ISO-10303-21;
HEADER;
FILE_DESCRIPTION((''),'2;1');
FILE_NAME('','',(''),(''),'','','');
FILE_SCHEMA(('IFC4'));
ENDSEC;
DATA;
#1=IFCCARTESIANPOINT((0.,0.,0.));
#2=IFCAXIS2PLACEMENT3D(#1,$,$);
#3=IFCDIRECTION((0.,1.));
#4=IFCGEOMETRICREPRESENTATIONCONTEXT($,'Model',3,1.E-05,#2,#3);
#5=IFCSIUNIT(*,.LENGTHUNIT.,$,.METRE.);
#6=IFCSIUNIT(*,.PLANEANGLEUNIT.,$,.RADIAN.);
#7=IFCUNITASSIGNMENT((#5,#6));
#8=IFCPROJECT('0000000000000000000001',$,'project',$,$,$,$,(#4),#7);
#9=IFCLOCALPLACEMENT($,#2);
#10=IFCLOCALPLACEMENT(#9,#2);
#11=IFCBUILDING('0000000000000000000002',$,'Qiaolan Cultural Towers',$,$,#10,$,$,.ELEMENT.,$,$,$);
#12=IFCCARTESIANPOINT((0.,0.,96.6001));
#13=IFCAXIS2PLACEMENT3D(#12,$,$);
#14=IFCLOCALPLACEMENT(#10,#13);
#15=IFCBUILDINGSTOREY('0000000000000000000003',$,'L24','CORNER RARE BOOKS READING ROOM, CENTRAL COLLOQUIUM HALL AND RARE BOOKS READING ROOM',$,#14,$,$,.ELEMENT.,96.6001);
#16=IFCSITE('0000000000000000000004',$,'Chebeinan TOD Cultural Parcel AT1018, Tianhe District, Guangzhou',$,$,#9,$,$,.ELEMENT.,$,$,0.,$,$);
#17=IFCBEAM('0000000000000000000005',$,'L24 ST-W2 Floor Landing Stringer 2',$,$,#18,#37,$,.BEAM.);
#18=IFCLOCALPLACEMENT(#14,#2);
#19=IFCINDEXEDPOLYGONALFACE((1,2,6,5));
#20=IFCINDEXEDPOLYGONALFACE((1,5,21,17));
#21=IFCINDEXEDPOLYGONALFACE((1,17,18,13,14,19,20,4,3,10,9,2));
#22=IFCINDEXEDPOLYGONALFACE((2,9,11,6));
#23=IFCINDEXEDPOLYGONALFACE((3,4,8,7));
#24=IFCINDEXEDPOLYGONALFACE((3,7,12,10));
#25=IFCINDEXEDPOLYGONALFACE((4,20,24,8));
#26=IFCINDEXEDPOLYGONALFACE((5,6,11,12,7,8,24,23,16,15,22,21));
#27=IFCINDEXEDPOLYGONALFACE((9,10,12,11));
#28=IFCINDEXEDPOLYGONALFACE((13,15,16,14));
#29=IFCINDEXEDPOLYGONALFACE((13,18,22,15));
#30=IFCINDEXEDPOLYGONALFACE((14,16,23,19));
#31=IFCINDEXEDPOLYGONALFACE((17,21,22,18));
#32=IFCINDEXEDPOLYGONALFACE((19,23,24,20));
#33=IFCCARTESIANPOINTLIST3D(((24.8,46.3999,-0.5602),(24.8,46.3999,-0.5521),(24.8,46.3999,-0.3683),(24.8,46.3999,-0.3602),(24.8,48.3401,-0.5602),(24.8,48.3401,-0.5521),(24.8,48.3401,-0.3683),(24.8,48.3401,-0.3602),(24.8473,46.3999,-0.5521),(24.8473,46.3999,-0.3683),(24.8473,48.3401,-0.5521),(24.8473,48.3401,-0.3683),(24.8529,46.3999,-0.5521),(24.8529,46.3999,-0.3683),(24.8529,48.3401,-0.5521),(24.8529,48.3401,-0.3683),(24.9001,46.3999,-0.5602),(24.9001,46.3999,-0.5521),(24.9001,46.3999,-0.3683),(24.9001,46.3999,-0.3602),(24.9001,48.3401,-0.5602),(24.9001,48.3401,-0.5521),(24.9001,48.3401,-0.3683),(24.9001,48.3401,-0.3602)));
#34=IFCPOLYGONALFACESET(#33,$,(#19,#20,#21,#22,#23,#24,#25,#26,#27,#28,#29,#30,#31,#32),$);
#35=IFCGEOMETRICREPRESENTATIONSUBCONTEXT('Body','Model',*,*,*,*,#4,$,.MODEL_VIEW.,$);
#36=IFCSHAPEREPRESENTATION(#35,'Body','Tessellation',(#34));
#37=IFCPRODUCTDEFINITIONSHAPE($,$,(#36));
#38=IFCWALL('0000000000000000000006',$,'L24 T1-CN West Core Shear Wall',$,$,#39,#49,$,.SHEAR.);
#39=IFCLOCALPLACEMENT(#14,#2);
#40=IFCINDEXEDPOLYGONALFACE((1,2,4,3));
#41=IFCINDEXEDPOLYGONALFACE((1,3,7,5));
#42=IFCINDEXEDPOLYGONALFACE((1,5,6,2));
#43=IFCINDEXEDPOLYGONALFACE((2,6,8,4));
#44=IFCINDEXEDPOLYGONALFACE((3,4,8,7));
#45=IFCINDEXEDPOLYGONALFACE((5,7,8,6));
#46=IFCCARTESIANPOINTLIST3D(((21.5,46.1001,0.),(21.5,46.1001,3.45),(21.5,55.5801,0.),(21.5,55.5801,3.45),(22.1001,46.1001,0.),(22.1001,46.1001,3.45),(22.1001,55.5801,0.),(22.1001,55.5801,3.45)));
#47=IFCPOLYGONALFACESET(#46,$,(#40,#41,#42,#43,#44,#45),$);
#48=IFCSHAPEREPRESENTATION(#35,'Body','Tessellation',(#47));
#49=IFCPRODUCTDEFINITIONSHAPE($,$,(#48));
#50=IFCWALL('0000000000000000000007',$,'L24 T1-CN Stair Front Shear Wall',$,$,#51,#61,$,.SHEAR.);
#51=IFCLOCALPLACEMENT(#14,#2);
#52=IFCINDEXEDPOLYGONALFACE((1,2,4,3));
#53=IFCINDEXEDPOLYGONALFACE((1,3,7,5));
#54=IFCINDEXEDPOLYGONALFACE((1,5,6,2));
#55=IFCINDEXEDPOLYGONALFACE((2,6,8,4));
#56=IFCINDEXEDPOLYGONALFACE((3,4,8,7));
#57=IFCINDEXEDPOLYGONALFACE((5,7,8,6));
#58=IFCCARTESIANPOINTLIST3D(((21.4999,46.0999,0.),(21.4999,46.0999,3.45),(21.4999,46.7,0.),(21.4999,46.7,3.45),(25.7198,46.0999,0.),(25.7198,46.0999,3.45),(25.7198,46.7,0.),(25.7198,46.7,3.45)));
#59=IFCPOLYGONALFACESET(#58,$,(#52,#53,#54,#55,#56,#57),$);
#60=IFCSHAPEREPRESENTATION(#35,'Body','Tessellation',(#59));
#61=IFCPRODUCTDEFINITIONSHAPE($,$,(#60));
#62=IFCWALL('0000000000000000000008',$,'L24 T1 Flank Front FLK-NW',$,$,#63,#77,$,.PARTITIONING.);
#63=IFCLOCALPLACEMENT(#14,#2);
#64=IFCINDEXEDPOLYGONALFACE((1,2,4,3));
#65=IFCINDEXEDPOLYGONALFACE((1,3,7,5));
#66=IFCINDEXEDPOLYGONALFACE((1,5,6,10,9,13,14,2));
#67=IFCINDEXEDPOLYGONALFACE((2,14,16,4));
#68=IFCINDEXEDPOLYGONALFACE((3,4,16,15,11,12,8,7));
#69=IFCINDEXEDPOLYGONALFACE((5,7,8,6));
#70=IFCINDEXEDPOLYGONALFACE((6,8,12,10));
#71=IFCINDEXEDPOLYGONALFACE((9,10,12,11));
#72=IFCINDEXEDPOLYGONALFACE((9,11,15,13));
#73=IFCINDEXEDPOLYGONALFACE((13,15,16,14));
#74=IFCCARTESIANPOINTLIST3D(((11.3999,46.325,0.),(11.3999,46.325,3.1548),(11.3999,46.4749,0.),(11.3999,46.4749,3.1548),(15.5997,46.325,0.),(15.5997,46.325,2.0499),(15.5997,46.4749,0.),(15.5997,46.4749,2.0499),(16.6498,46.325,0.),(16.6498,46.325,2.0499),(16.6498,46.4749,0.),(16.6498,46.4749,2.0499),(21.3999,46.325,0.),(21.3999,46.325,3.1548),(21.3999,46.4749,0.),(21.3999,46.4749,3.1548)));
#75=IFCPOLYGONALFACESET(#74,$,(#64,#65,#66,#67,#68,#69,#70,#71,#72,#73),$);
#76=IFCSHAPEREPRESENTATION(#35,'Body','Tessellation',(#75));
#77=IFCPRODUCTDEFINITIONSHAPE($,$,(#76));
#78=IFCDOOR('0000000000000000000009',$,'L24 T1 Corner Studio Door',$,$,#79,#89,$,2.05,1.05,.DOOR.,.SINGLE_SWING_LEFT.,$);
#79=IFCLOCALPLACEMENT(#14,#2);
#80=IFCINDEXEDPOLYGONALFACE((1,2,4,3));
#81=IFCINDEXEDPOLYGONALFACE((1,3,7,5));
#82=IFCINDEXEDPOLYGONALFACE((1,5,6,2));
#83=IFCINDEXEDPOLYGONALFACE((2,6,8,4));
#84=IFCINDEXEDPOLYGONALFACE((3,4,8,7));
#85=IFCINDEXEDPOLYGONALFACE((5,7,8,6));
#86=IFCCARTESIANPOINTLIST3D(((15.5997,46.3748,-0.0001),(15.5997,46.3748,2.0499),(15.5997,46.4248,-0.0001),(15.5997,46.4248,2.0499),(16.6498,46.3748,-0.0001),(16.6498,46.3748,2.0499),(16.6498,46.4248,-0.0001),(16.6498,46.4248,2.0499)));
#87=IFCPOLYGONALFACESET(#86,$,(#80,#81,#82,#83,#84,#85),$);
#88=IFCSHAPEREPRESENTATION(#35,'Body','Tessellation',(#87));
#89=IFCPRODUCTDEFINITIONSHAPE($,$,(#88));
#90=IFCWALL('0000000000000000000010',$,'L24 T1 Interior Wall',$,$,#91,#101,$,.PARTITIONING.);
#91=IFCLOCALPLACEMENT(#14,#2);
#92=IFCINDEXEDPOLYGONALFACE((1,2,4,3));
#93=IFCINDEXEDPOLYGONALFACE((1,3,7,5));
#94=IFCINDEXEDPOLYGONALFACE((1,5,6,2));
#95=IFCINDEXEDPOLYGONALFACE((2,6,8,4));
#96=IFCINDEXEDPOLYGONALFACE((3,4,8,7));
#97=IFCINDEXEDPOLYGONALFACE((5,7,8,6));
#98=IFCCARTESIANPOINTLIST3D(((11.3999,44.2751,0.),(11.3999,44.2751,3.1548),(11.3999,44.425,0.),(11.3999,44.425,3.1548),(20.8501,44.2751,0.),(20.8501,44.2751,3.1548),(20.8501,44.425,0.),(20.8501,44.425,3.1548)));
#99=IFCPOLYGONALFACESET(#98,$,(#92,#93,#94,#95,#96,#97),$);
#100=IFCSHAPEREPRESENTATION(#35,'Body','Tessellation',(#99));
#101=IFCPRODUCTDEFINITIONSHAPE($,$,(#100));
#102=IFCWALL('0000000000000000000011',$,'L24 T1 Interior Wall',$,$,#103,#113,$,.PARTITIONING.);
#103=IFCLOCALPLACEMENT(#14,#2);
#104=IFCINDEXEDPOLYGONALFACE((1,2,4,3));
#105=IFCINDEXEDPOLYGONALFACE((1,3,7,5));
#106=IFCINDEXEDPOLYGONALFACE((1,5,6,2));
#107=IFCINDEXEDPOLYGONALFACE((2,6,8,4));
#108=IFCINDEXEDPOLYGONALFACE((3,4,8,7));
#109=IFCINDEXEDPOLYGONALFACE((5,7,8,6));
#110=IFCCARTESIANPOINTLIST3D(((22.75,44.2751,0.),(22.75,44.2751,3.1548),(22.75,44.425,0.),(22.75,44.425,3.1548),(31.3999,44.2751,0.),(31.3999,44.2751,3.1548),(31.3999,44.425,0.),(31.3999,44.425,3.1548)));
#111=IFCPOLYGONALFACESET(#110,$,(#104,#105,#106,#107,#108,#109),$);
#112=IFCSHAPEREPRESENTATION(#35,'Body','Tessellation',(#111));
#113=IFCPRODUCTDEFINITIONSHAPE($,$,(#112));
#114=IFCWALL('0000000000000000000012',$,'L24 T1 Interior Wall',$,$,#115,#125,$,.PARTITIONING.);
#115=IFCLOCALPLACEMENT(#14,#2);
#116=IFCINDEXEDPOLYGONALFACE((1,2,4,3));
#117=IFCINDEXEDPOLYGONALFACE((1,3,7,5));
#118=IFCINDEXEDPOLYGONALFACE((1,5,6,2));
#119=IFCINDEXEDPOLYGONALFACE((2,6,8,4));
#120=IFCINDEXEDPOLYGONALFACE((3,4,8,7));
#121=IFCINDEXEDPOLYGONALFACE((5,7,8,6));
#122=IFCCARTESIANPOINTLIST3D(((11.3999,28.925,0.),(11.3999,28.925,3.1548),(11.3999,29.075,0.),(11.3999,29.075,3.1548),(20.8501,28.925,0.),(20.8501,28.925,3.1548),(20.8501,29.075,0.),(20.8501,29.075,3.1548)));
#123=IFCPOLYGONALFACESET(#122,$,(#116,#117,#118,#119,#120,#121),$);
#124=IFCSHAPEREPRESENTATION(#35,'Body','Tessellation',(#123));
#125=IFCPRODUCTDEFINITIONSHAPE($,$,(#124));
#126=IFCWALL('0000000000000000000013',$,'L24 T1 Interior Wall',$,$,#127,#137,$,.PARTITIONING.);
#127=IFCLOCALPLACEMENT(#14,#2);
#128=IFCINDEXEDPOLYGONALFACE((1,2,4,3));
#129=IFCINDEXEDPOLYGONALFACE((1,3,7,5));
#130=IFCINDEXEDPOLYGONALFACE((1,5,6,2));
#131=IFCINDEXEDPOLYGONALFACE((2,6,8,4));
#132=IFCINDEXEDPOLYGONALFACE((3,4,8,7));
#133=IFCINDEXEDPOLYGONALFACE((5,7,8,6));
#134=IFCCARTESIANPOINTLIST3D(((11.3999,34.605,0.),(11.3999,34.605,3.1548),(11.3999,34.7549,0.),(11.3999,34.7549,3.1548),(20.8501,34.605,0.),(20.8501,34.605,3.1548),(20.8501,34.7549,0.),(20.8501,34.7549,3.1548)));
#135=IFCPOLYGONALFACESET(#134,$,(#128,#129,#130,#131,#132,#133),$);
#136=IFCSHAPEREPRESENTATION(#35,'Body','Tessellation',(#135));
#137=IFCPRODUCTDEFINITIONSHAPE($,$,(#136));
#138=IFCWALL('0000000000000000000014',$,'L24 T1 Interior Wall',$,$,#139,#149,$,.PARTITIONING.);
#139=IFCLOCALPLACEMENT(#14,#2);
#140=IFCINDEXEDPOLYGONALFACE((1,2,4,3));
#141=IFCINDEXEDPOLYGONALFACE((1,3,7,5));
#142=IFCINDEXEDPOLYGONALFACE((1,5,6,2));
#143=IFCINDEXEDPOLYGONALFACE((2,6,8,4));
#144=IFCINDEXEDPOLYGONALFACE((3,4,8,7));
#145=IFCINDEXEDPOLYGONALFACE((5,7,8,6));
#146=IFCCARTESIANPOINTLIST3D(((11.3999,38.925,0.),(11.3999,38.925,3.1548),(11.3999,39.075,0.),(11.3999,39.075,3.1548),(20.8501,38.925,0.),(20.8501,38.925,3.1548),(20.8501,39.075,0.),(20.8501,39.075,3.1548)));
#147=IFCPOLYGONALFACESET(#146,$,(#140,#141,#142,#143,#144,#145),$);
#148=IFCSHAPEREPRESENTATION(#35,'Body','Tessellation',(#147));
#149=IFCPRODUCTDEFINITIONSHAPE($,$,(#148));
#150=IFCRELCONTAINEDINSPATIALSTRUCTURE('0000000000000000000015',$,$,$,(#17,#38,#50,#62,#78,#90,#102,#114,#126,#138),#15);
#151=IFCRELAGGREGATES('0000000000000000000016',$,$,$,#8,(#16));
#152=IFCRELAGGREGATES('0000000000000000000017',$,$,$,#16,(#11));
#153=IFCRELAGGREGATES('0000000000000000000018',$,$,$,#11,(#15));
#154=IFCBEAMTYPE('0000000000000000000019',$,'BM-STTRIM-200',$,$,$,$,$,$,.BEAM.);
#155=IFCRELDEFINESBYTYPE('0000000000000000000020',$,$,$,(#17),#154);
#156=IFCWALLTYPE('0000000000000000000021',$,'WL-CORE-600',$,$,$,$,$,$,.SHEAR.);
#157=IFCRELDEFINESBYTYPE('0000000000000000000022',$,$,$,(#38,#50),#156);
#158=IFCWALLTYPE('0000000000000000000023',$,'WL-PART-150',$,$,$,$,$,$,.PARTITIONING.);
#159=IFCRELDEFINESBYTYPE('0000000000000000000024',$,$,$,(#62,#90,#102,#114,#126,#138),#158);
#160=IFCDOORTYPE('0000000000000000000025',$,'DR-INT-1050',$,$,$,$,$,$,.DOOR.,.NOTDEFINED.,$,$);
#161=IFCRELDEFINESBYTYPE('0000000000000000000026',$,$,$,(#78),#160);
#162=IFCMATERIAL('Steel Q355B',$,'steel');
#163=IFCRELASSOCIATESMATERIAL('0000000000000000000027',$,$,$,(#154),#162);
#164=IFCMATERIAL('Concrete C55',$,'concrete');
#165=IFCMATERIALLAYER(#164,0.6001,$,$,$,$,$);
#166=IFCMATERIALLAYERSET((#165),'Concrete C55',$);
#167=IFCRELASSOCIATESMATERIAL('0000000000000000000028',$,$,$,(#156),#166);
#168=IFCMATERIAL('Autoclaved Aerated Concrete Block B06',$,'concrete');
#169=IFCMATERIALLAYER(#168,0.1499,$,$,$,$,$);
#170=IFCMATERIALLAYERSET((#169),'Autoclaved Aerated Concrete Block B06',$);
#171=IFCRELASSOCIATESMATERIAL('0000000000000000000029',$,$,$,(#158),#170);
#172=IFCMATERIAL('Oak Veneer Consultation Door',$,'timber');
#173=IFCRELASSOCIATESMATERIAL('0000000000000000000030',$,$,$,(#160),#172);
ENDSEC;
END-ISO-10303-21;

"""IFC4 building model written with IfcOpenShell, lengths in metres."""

from ifc_helpers import new_model, si_unit, direction, frame, frame_2d, origin, origin_2d, place, context, subcontext, project, spatial, rectangle, i_section, extrude, material, layer, layer_set, material_profile, profile_set, type_object, element, fill, save


model = new_model("IFC4")

# Units and contexts
model_context = context("Model", 3, precision=1e-05, world=origin(), true_north=direction((0.0, 1.0)))
body_context = subcontext(model_context, "Body", "Model", "MODEL_VIEW")
ifc_project = project(units=[si_unit("LENGTHUNIT", "METRE"), si_unit("PLANEANGLEUNIT", "RADIAN")], contexts=[model_context])

# Site, building, storey
site_placement = place(None, origin())
site = spatial("IfcSite", under=ifc_project, at=site_placement, Name="Chebeinan TOD Cultural Parcel AT1018, Tianhe District, Guangzhou", CompositionType="ELEMENT", RefElevation=0.0)
building_placement = place(site_placement, origin())
building = spatial("IfcBuilding", under=site, at=building_placement, Name="Qiaolan Cultural Towers", CompositionType="ELEMENT")
storey_placement = place(building_placement, frame((0.0, 0.0, 96.6001)))
storey = spatial("IfcBuildingStorey", under=building, at=storey_placement, Name="L24", Description="CORNER RARE BOOKS READING ROOM, CENTRAL COLLOQUIUM HALL AND RARE BOOKS READING ROOM", CompositionType="ELEMENT", Elevation=96.6001)

# Beam
ifc_material_1 = material(Name="Steel Q355B", Category="steel")
ifc_material_profile_1 = material_profile(ifc_material_1, i_section(OverallWidth=0.1001, OverallDepth=0.2, WebThickness=0.0056, FlangeThickness=0.0081, at=origin_2d()), Name="HN200x100x5.5x8")
ifc_profile_set_1 = profile_set([ifc_material_profile_1], Name="Steel Q355B")
beam_type_1 = type_object("IfcBeamType", Name="BM-STTRIM-200", PredefinedType="BEAM", material=ifc_profile_set_1)
for number, where, z_axis, x_axis, name in (
    (1, (24.8501, 46.3999, -0.4602), (0.0, 1.0, 0.0), (-1.0, 0.0, 0.0), "L24 ST-W2 Floor Landing Stringer 2"),
):
    element("IfcBeam", number, at=place(storey_placement, frame(where, z_axis=z_axis, x_axis=x_axis)), inside=storey, type_object=beam_type_1, Name=name, PredefinedType="BEAM", context=body_context, shape_type="SweptSolid", body=[
        extrude(i_section(OverallWidth=0.1001, OverallDepth=0.2, WebThickness=0.0056, FlangeThickness=0.0081, at=origin_2d()), origin(), (0.0, 0.0, 1.0), 1.9402),
    ])

# Walls
ifc_material_2 = material(Name="Concrete C55", Category="concrete")
ifc_layer_1 = layer(ifc_material_2, 0.6001)
ifc_layer_set_1 = layer_set([ifc_layer_1], Name="Concrete C55")
wall_type_1 = type_object("IfcWallType", Name="WL-CORE-600", PredefinedType="SHEAR", material=ifc_layer_set_1)
wall_1_placement = place(storey_placement, frame((21.8, 46.1001, 0.0), z_axis=(0.0, 0.0, 1.0), x_axis=(0.0, 1.0, 0.0)))
element("IfcWall", 2, at=wall_1_placement, inside=storey, type_object=wall_type_1, Name="L24 T1-CN West Core Shear Wall", PredefinedType="SHEAR", context=body_context, shape_type="SweptSolid", body=[
    extrude(rectangle(XDim=9.48, YDim=0.6001, at=frame_2d((4.74, 0.0))), origin(), (0.0, 0.0, 1.0), 3.45),
])
wall_2_placement = place(storey_placement, frame((21.5, 46.3999, 0.0), z_axis=(0.0, 0.0, 1.0), x_axis=(1.0, 0.0, 0.0)))
element("IfcWall", 3, at=wall_2_placement, inside=storey, type_object=wall_type_1, Name="L24 T1-CN Stair Front Shear Wall", PredefinedType="SHEAR", context=body_context, shape_type="SweptSolid", body=[
    extrude(rectangle(XDim=4.22, YDim=0.6001, at=frame_2d((2.1099, 0.0))), origin(), (0.0, 0.0, 1.0), 3.45),
])

# Wall, opening, door
ifc_material_3 = material(Name="Autoclaved Aerated Concrete Block B06", Category="concrete")
ifc_layer_2 = layer(ifc_material_3, 0.1499)
ifc_layer_set_2 = layer_set([ifc_layer_2], Name="Autoclaved Aerated Concrete Block B06")
wall_type_2 = type_object("IfcWallType", Name="WL-PART-150", PredefinedType="PARTITIONING", material=ifc_layer_set_2)
wall_3_placement = place(storey_placement, frame((11.3999, 46.3999, 0.0), z_axis=(0.0, 0.0, 1.0), x_axis=(1.0, 0.0, 0.0)))
wall_3 = element("IfcWall", 4, at=wall_3_placement, inside=storey, type_object=wall_type_2, Name="L24 T1 Flank Front FLK-NW", PredefinedType="PARTITIONING", context=body_context, shape_type="SweptSolid", body=[
    extrude(rectangle(XDim=10.0, YDim=0.1499, at=frame_2d((5.0, 0.0))), origin(), (0.0, 0.0, 1.0), 3.1548),
])
opening_placement = place(wall_3_placement, frame((4.2, 0.0, 0.0)))
opening = element("IfcOpeningElement", 5, at=opening_placement, cuts=wall_3, PredefinedType="OPENING", context=body_context, shape_type="SweptSolid", body=[
    extrude(rectangle(XDim=1.05, YDim=2.05, at=frame_2d((0.5249, 1.0249))), frame((0.0, 0.085, 0.0), z_axis=(0.0, -1.0, 0.0), x_axis=(1.0, 0.0, 0.0)), (0.0, 0.0, 1.0), 0.1699),
])
ifc_material_4 = material(Name="Oak Veneer Consultation Door", Category="timber")
door_type = type_object("IfcDoorType", Name="DR-INT-1050", OperationType="NOTDEFINED", PredefinedType="DOOR", material=ifc_material_4)
door_placement = place(opening_placement, origin())
door = element("IfcDoor", 6, at=door_placement, inside=storey, type_object=door_type, Name="L24 T1 Corner Studio Door", OperationType="SINGLE_SWING_LEFT", OverallHeight=2.05, OverallWidth=1.05, PredefinedType="DOOR", context=body_context, shape_type="SweptSolid", body=[
    extrude(rectangle(XDim=1.05, YDim=2.05, at=frame_2d((0.5249, 1.0249))), frame((0.0, 0.0249, 0.0), z_axis=(0.0, -1.0, 0.0), x_axis=(1.0, 0.0, 0.0)), (0.0, 0.0, 1.0), 0.05),
])
fill(opening, door)

# Walls
wall_4_placement = place(storey_placement, frame((11.3999, 44.3501, 0.0), z_axis=(0.0, 0.0, 1.0), x_axis=(1.0, 0.0, 0.0)))
element("IfcWall", 7, at=wall_4_placement, inside=storey, type_object=wall_type_2, Name="L24 T1 Interior Wall", PredefinedType="PARTITIONING", context=body_context, shape_type="SweptSolid", body=[
    extrude(rectangle(XDim=9.4502, YDim=0.1499, at=frame_2d((4.7251, 0.0))), origin(), (0.0, 0.0, 1.0), 3.1548),
])
wall_5_placement = place(storey_placement, frame((22.75, 44.3501, 0.0), z_axis=(0.0, 0.0, 1.0), x_axis=(1.0, 0.0, 0.0)))
element("IfcWall", 8, at=wall_5_placement, inside=storey, type_object=wall_type_2, Name="L24 T1 Interior Wall", PredefinedType="PARTITIONING", context=body_context, shape_type="SweptSolid", body=[
    extrude(rectangle(XDim=8.6499, YDim=0.1499, at=frame_2d((4.325, 0.0))), origin(), (0.0, 0.0, 1.0), 3.1548),
])
for number, where, z_axis, x_axis, name in (
    (9, (11.3999, 29.0, 0.0), (0.0, 0.0, 1.0), (1.0, 0.0, 0.0), "L24 T1 Interior Wall"),
    (10, (11.3999, 34.6799, 0.0), (0.0, 0.0, 1.0), (1.0, 0.0, 0.0), "L24 T1 Interior Wall"),
    (11, (11.3999, 39.0, 0.0), (0.0, 0.0, 1.0), (1.0, 0.0, 0.0), "L24 T1 Interior Wall"),
):
    element("IfcWall", number, at=place(storey_placement, frame(where, z_axis=z_axis, x_axis=x_axis)), inside=storey, type_object=wall_type_2, Name=name, PredefinedType="PARTITIONING", context=body_context, shape_type="SweptSolid", body=[
        extrude(rectangle(XDim=9.4502, YDim=0.1499, at=frame_2d((4.7251, 0.0))), origin(), (0.0, 0.0, 1.0), 3.1548),
    ])

save(model, "model.ifc")
